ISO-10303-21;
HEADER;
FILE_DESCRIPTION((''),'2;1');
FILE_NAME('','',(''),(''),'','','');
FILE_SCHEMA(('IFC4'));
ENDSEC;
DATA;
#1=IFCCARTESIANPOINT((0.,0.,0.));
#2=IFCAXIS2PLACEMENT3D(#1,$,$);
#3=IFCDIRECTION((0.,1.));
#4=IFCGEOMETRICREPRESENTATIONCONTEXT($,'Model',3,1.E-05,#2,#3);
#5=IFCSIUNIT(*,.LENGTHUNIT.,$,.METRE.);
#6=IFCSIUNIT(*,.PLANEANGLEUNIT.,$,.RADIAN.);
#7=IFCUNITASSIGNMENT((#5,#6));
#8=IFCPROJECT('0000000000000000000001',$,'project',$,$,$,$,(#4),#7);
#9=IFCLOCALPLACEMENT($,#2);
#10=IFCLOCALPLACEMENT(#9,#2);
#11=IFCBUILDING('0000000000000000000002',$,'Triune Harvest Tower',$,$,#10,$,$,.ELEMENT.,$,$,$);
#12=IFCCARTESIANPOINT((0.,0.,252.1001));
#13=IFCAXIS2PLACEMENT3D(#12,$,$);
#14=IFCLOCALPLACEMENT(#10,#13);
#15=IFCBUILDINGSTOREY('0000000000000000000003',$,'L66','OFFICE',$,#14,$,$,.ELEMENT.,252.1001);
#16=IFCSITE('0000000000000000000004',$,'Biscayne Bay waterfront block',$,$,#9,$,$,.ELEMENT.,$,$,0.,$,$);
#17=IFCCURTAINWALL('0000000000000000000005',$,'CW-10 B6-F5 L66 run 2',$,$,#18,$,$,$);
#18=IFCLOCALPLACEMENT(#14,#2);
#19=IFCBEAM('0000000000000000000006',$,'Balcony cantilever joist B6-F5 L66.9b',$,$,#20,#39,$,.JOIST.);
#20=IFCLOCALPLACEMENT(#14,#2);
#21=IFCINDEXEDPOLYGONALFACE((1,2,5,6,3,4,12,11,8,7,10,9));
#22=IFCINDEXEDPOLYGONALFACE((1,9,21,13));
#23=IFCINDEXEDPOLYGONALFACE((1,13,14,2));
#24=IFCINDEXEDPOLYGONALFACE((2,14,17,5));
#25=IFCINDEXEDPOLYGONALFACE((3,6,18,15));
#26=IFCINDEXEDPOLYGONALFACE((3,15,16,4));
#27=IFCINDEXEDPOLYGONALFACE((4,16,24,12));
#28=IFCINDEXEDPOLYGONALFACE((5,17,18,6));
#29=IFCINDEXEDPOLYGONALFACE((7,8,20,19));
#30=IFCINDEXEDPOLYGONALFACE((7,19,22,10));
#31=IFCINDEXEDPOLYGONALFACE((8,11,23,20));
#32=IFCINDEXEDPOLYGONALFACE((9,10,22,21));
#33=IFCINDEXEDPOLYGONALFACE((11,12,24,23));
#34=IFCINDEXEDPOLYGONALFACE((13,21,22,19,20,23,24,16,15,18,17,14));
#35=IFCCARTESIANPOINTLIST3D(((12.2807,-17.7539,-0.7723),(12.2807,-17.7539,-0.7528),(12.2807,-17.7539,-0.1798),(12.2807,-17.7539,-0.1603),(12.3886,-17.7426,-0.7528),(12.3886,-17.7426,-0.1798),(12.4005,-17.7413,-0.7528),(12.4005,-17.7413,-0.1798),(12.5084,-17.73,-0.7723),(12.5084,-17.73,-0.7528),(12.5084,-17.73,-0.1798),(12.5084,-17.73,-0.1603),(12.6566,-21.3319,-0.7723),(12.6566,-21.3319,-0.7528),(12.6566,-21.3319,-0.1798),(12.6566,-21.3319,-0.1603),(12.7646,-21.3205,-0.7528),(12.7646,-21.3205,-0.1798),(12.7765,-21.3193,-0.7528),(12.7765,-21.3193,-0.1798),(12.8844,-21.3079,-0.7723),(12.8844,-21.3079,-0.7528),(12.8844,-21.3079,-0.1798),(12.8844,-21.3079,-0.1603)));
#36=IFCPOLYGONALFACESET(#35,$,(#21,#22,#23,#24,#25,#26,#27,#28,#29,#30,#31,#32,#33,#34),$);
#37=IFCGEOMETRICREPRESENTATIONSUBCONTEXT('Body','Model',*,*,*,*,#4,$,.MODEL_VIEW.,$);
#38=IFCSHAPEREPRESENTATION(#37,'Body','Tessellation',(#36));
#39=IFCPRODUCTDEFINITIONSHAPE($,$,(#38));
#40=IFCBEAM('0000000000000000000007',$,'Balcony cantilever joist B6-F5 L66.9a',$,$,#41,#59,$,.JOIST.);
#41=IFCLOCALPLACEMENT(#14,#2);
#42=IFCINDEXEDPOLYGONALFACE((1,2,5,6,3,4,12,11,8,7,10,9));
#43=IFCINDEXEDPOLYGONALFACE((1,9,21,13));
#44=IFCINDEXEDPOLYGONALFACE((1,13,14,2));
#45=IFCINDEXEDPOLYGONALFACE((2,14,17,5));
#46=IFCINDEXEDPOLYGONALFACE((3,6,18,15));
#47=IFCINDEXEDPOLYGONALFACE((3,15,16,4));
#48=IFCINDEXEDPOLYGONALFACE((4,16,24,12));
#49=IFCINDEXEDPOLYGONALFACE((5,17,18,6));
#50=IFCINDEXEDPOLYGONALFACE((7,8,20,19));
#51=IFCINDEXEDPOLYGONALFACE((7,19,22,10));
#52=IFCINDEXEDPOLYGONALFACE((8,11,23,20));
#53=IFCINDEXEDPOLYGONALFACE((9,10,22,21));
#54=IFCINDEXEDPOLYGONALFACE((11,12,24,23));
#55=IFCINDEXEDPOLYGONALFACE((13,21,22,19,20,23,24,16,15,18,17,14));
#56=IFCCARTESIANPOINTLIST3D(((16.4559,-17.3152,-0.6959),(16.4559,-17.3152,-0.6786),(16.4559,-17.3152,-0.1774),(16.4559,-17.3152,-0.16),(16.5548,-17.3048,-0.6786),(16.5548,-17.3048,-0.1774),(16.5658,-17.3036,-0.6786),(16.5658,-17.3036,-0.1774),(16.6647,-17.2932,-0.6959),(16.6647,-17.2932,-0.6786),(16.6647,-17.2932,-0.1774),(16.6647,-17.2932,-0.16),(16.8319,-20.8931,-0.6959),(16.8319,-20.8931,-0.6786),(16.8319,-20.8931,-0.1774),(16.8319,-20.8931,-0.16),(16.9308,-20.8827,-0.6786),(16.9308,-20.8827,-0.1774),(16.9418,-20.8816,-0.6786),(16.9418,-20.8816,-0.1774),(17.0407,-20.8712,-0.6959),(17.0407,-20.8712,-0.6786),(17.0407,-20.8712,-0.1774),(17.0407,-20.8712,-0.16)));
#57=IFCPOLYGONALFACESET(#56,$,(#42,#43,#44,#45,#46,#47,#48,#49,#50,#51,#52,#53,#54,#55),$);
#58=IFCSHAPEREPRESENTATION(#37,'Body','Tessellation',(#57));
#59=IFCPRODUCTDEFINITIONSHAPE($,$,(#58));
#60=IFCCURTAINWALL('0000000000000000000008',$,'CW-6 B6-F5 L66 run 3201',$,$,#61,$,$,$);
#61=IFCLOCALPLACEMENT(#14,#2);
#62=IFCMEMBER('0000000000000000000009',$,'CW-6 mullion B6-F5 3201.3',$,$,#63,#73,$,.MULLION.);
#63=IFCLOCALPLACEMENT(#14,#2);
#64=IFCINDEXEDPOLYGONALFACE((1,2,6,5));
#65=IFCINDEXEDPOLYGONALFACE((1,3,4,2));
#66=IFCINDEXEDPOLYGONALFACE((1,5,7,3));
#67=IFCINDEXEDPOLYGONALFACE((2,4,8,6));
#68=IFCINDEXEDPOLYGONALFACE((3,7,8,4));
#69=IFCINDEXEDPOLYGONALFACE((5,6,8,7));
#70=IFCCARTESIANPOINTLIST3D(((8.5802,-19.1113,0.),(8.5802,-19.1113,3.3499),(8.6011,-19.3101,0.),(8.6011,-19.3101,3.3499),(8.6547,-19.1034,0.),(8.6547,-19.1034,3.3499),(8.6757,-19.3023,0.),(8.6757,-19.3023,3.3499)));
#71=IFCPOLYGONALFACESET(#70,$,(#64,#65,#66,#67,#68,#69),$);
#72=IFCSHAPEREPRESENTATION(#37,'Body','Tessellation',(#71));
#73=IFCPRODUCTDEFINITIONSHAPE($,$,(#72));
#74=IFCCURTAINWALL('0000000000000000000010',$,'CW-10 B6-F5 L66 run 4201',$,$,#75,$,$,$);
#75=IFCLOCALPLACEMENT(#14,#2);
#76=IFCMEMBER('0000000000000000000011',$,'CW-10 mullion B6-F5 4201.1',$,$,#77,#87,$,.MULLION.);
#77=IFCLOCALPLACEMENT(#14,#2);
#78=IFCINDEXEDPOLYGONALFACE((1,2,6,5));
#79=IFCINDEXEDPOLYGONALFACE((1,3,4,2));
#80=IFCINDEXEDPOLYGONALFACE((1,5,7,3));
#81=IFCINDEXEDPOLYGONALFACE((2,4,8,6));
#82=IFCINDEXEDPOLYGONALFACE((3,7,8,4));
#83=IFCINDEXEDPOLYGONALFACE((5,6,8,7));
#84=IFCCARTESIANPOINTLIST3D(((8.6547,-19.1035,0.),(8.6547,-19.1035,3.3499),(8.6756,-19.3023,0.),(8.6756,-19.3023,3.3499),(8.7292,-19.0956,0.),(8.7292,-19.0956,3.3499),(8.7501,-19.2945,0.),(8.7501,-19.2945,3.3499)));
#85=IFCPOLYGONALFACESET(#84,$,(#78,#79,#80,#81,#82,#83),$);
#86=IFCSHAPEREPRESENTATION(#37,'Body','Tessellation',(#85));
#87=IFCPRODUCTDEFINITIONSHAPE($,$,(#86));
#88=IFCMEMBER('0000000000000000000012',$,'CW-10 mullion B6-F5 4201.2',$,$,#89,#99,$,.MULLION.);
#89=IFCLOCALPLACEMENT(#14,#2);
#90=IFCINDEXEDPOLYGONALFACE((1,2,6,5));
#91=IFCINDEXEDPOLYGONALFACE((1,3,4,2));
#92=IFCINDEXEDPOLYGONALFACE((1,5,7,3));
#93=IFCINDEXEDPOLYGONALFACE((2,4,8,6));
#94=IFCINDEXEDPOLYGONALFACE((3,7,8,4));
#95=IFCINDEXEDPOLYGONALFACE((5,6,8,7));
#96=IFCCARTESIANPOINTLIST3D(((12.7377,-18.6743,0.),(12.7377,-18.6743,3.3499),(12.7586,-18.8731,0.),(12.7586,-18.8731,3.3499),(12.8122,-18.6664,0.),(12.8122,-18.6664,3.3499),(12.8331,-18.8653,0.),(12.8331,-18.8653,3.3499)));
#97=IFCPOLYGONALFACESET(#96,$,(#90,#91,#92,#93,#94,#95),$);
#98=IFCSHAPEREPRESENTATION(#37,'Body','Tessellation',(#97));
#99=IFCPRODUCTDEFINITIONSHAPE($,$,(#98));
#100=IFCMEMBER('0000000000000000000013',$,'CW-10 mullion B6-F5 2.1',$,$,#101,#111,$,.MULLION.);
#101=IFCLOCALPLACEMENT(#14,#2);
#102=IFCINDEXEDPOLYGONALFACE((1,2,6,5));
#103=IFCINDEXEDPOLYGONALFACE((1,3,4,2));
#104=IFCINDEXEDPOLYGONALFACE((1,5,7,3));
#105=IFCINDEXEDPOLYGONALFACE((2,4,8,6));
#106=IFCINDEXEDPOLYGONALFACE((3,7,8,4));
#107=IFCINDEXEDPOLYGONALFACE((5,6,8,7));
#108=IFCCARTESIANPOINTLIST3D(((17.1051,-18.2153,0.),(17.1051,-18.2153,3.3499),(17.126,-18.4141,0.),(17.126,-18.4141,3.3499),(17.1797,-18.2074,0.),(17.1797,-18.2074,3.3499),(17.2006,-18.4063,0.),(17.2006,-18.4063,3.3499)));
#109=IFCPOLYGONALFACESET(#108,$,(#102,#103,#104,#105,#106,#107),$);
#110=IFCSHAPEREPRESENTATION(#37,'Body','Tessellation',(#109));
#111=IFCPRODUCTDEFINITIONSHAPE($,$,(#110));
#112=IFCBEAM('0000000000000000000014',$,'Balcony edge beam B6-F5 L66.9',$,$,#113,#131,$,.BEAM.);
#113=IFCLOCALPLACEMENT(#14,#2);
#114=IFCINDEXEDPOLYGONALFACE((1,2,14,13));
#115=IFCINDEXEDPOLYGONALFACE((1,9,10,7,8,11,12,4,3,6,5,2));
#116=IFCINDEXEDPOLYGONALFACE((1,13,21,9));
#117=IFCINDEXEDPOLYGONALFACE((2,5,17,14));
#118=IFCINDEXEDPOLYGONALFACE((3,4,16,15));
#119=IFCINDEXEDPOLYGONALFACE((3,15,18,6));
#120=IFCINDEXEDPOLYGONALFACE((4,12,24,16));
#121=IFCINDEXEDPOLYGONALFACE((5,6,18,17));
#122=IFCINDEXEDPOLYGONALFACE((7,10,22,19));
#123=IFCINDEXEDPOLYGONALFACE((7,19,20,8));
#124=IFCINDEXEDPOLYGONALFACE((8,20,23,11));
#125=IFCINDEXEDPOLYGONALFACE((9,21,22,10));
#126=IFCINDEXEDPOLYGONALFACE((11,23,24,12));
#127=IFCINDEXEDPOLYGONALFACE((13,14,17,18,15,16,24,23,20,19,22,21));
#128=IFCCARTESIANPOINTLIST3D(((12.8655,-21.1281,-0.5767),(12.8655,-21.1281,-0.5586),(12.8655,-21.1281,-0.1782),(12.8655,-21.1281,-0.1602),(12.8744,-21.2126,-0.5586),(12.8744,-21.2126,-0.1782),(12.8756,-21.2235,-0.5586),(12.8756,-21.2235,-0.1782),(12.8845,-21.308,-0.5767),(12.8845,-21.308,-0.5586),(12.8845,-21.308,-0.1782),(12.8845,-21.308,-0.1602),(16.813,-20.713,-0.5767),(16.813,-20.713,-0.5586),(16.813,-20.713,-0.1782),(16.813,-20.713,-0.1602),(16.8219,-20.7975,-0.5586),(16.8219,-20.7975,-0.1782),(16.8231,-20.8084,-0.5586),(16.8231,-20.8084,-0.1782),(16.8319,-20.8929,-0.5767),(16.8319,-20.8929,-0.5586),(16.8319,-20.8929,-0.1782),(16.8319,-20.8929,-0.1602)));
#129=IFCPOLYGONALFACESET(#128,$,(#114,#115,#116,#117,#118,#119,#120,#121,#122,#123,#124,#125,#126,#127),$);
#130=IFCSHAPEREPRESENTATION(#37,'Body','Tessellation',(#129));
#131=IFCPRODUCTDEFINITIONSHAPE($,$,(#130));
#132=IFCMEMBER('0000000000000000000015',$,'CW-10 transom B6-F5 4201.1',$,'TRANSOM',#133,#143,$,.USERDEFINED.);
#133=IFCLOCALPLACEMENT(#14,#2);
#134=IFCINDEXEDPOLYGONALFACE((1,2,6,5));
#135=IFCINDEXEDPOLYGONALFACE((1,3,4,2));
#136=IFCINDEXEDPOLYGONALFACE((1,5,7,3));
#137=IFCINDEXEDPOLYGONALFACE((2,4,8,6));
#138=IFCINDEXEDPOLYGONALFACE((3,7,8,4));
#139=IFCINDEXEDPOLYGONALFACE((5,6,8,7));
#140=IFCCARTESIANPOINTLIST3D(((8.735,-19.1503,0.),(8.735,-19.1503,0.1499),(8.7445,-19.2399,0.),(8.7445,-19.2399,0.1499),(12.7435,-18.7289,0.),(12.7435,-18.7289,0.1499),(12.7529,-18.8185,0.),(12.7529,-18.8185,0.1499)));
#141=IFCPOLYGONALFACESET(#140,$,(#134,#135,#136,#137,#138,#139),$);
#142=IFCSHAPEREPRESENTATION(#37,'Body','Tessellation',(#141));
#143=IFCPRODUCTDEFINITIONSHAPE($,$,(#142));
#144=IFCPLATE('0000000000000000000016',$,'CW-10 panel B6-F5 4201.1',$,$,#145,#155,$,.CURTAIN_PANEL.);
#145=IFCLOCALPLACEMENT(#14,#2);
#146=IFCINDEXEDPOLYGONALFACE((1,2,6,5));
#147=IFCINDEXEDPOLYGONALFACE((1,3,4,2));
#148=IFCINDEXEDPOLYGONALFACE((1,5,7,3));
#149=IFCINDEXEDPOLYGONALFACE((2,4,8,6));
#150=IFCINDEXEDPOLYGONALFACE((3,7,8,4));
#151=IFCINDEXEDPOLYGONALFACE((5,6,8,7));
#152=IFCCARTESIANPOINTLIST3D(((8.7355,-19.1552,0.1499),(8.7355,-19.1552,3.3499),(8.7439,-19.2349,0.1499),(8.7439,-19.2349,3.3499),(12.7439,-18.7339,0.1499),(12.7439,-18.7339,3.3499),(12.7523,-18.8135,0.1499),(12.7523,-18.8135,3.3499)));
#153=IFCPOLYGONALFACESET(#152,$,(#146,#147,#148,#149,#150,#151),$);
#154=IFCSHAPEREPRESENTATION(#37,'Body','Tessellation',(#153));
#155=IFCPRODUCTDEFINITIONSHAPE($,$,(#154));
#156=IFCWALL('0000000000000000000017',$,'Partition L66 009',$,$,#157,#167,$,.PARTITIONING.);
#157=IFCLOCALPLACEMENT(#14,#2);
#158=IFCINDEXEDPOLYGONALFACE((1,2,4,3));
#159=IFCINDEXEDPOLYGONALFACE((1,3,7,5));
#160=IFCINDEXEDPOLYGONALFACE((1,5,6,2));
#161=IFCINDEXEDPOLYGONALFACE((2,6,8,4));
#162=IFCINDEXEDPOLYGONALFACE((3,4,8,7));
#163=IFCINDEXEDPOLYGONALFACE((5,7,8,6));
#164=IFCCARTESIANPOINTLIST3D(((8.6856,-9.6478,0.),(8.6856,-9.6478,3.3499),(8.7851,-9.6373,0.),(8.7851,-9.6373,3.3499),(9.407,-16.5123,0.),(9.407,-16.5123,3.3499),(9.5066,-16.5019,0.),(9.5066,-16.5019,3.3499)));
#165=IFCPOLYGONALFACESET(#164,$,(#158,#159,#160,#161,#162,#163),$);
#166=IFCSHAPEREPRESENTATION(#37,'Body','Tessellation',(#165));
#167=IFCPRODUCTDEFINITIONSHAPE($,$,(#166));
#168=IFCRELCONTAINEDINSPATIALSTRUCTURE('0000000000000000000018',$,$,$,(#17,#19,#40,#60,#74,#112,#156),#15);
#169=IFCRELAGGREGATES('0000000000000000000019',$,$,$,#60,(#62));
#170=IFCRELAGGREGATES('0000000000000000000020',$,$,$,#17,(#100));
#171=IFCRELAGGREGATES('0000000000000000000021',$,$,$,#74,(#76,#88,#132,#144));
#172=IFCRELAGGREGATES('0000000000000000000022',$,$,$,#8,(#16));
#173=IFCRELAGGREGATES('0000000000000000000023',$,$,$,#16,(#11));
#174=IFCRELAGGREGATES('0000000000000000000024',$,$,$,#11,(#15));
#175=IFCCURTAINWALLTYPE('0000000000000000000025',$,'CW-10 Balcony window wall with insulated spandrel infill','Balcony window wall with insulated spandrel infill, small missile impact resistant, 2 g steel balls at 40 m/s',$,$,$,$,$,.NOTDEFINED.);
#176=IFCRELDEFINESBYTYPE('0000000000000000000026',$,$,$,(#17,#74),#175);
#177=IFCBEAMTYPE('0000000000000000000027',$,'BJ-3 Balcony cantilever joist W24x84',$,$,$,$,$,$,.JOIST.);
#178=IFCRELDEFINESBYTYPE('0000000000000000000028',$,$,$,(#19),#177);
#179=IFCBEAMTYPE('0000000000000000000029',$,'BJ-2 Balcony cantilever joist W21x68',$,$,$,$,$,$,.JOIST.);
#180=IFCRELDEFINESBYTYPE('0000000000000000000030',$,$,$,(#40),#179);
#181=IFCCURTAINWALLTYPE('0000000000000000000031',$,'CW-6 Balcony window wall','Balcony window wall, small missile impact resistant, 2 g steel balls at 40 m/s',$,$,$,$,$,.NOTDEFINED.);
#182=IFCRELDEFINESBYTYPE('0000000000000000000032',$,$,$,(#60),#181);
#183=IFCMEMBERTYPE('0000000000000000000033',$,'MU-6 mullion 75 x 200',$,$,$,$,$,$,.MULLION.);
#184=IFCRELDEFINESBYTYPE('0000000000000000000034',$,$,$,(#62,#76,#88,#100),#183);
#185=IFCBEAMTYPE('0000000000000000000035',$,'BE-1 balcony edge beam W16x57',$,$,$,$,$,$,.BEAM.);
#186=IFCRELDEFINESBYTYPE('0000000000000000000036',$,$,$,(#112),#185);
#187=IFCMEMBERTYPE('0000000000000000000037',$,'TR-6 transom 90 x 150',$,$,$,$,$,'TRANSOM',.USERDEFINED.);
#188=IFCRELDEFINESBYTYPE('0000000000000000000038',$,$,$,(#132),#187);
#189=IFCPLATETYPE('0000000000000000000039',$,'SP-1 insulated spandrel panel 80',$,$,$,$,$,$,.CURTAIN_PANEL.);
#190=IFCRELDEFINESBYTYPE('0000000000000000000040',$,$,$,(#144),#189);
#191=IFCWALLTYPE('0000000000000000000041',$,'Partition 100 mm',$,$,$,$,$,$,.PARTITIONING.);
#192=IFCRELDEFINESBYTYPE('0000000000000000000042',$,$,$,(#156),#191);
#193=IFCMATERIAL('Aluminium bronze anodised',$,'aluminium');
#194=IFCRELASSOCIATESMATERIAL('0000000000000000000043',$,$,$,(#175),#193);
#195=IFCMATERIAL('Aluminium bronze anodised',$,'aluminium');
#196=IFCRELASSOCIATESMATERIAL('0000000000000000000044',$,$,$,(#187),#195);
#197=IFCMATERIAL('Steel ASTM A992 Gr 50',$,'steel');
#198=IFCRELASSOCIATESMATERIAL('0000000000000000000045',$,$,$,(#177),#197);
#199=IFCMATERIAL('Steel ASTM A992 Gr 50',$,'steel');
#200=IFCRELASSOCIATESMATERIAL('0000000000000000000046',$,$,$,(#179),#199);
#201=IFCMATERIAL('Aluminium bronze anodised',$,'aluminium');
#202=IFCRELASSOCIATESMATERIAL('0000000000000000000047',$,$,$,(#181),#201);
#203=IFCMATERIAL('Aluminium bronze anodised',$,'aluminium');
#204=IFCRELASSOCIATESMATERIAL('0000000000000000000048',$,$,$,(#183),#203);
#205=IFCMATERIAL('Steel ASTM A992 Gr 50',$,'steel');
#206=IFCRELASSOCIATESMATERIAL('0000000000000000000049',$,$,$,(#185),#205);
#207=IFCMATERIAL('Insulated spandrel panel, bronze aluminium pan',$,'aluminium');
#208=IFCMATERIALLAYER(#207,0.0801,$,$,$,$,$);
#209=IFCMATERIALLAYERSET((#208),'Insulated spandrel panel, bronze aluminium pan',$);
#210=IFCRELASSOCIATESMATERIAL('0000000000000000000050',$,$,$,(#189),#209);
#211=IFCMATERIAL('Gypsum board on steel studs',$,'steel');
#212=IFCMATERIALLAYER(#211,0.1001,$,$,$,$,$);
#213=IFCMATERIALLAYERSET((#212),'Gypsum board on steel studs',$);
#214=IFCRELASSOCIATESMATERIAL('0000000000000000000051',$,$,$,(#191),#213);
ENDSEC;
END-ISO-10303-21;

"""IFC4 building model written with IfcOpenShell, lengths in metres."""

from ifc_helpers import new_model, si_unit, direction, frame, frame_2d, origin, origin_2d, place, context, subcontext, project, spatial, rectangle, i_section, extrude, source, transform, mapped, material, layer, layer_set, material_profile, profile_set, type_object, element, aggregate, save


model = new_model("IFC4")

# Units and contexts
model_context = context("Model", 3, precision=1e-05, world=origin(), true_north=direction((0.0, 1.0)))
body_context = subcontext(model_context, "Body", "Model", "MODEL_VIEW")
ifc_project = project(units=[si_unit("LENGTHUNIT", "METRE"), si_unit("PLANEANGLEUNIT", "RADIAN")], contexts=[model_context])

# Site, building, storey
site_placement = place(None, origin())
site = spatial("IfcSite", under=ifc_project, at=site_placement, Name="Biscayne Bay waterfront block", CompositionType="ELEMENT", RefElevation=0.0)
building_placement = place(site_placement, origin())
building = spatial("IfcBuilding", under=site, at=building_placement, Name="Triune Harvest Tower", CompositionType="ELEMENT")
storey_placement = place(building_placement, frame((0.0, 0.0, 252.1001)))
storey = spatial("IfcBuildingStorey", under=building, at=storey_placement, Name="L66", Description="OFFICE", CompositionType="ELEMENT", Elevation=252.1001)

# Curtain wall
ifc_material_1 = material(Name="Aluminium bronze anodised", Category="aluminium")
curtain_wall_type_1 = type_object("IfcCurtainWallType", Name="CW-10 Balcony window wall with insulated spandrel infill", Description="Balcony window wall with insulated spandrel infill, small missile impact resistant, 2 g steel balls at 40 m/s", PredefinedType="NOTDEFINED", material=ifc_material_1)
curtain_wall_1_placement = place(storey_placement, origin())
curtain_wall_1 = element("IfcCurtainWall", 1, at=curtain_wall_1_placement, inside=storey, type_object=curtain_wall_type_1, Name="CW-10 B6-F5 L66 run 2")
ifc_material_2 = material(Name="Aluminium bronze anodised", Category="aluminium")
ifc_material_profile_1 = material_profile(ifc_material_2, rectangle(XDim=0.0901, YDim=0.1499, at=origin_2d()), Name="TR-6 transom 90 x 150")
ifc_profile_set_1 = profile_set([ifc_material_profile_1], Name="Aluminium bronze anodised")
member_type_1 = type_object("IfcMemberType", Name="TR-6 transom 90 x 150", ElementType="TRANSOM", PredefinedType="USERDEFINED", material=ifc_profile_set_1)

# Beams
ifc_material_3 = material(Name="Steel ASTM A992 Gr 50", Category="steel")
ifc_material_profile_2 = material_profile(ifc_material_3, i_section(OverallWidth=0.229, OverallDepth=0.6121, WebThickness=0.012, FlangeThickness=0.0195, at=origin_2d()), Name="W24x84")
ifc_profile_set_2 = profile_set([ifc_material_profile_2], Name="Steel ASTM A992 Gr 50")
beam_type_1 = type_object("IfcBeamType", Name="BJ-3 Balcony cantilever joist W24x84", PredefinedType="JOIST", material=ifc_profile_set_2)
shared_shape_1 = source(origin(), body_context, "Body", "SweptSolid", [
    extrude(i_section(OverallWidth=0.229, OverallDepth=0.6121, WebThickness=0.012, FlangeThickness=0.0195, at=origin_2d()), origin(), (0.0, 0.0, 1.0), 3.5977),
])
beam_1_placement = place(storey_placement, frame((12.3945, -17.7419, -0.4663), z_axis=(0.104508, -0.994524, 0.0), x_axis=(0.994524, 0.104508, 0.0)))
element("IfcBeam", 2, at=beam_1_placement, inside=storey, type_object=beam_type_1, Name="Balcony cantilever joist B6-F5 L66.9b", PredefinedType="JOIST", context=body_context, shape_type="MappedRepresentation", body=[
    mapped(shared_shape_1, transform((0.0, 0.0, 0.0), scale=1.0)),
])
ifc_material_4 = material(Name="Steel ASTM A992 Gr 50", Category="steel")
ifc_material_profile_3 = material_profile(ifc_material_4, i_section(OverallWidth=0.21, OverallDepth=0.5359, WebThickness=0.011, FlangeThickness=0.0173, at=origin_2d()), Name="W21x68")
ifc_profile_set_3 = profile_set([ifc_material_profile_3], Name="Steel ASTM A992 Gr 50")
beam_type_2 = type_object("IfcBeamType", Name="BJ-2 Balcony cantilever joist W21x68", PredefinedType="JOIST", material=ifc_profile_set_3)
shared_shape_2 = source(origin(), body_context, "Body", "SweptSolid", [
    extrude(i_section(OverallWidth=0.21, OverallDepth=0.5359, WebThickness=0.011, FlangeThickness=0.0173, at=origin_2d()), origin(), (0.0, 0.0, 1.0), 3.5977),
])
beam_2_placement = place(storey_placement, frame((16.5603, -17.3042, -0.428), z_axis=(0.104508, -0.994524, 0.0), x_axis=(0.994524, 0.104508, 0.0)))
element("IfcBeam", 3, at=beam_2_placement, inside=storey, type_object=beam_type_2, Name="Balcony cantilever joist B6-F5 L66.9a", PredefinedType="JOIST", context=body_context, shape_type="MappedRepresentation", body=[
    mapped(shared_shape_2, transform((0.0, 0.0, 0.0), scale=1.0)),
])

# Curtain wall, member
ifc_material_5 = material(Name="Aluminium bronze anodised", Category="aluminium")
curtain_wall_type_2 = type_object("IfcCurtainWallType", Name="CW-6 Balcony window wall", Description="Balcony window wall, small missile impact resistant, 2 g steel balls at 40 m/s", PredefinedType="NOTDEFINED", material=ifc_material_5)
curtain_wall_2_placement = place(storey_placement, origin())
curtain_wall_2 = element("IfcCurtainWall", 4, at=curtain_wall_2_placement, inside=storey, type_object=curtain_wall_type_2, Name="CW-6 B6-F5 L66 run 3201")
ifc_material_6 = material(Name="Aluminium bronze anodised", Category="aluminium")
ifc_material_profile_4 = material_profile(ifc_material_6, rectangle(XDim=0.2, YDim=0.075, at=origin_2d()), Name="MU-6 mullion 75 x 200")
ifc_profile_set_4 = profile_set([ifc_material_profile_4], Name="Aluminium bronze anodised")
member_type_2 = type_object("IfcMemberType", Name="MU-6 mullion 75 x 200", PredefinedType="MULLION", material=ifc_profile_set_4)
shared_shape_3 = source(origin(), body_context, "Body", "SweptSolid", [
    extrude(rectangle(XDim=0.2, YDim=0.075, at=origin_2d()), origin(), (0.0, 0.0, 1.0), 3.3499),
])
member_1_placement = place(storey_placement, frame((8.6279, -19.2068, 0.0), z_axis=(0.0, 0.0, 1.0), x_axis=(-0.104532, 0.994522, 0.0)))
member_1 = element("IfcMember", 5, at=member_1_placement, type_object=member_type_2, Name="CW-6 mullion B6-F5 3201.3", PredefinedType="MULLION", context=body_context, shape_type="MappedRepresentation", body=[
    mapped(shared_shape_3, transform((0.0, 0.0, 0.0), scale=1.0)),
])
aggregate(curtain_wall_2, [member_1])

# Curtain wall, members
curtain_wall_3_placement = place(storey_placement, origin())
curtain_wall_3 = element("IfcCurtainWall", 6, at=curtain_wall_3_placement, inside=storey, type_object=curtain_wall_type_1, Name="CW-10 B6-F5 L66 run 4201")
member_2_placement = place(storey_placement, frame((8.7024, -19.199, 0.0), z_axis=(0.0, 0.0, 1.0), x_axis=(-0.104533, 0.994521, 0.0)))
member_2 = element("IfcMember", 7, at=member_2_placement, type_object=member_type_2, Name="CW-10 mullion B6-F5 4201.1", PredefinedType="MULLION", context=body_context, shape_type="MappedRepresentation", body=[
    mapped(shared_shape_3, transform((0.0, 0.0, 0.0), scale=1.0)),
])
member_3_placement = place(storey_placement, frame((12.7854, -18.7698, 0.0), z_axis=(0.0, 0.0, 1.0), x_axis=(-0.104533, 0.994521, 0.0)))
member_3 = element("IfcMember", 8, at=member_3_placement, type_object=member_type_2, Name="CW-10 mullion B6-F5 4201.2", PredefinedType="MULLION", context=body_context, shape_type="MappedRepresentation", body=[
    mapped(shared_shape_3, transform((0.0, 0.0, 0.0), scale=1.0)),
])

# Member
member_4_placement = place(storey_placement, frame((17.1528, -18.3108, 0.0), z_axis=(0.0, 0.0, 1.0), x_axis=(-0.104533, 0.994521, 0.0)))
member_4 = element("IfcMember", 9, at=member_4_placement, type_object=member_type_2, Name="CW-10 mullion B6-F5 2.1", PredefinedType="MULLION", context=body_context, shape_type="MappedRepresentation", body=[
    mapped(shared_shape_3, transform((0.0, 0.0, 0.0), scale=1.0)),
])
aggregate(curtain_wall_1, [member_4])

# Beam
ifc_material_7 = material(Name="Steel ASTM A992 Gr 50", Category="steel")
ifc_material_profile_5 = material_profile(ifc_material_7, i_section(OverallWidth=0.1809, OverallDepth=0.4165, WebThickness=0.011, FlangeThickness=0.0181, at=origin_2d()), Name="W16x57")
ifc_profile_set_5 = profile_set([ifc_material_profile_5], Name="Steel ASTM A992 Gr 50")
beam_type_3 = type_object("IfcBeamType", Name="BE-1 balcony edge beam W16x57", PredefinedType="BEAM", material=ifc_profile_set_5)
shared_shape_4 = source(origin(), body_context, "Body", "SweptSolid", [
    extrude(i_section(OverallWidth=0.1809, OverallDepth=0.4165, WebThickness=0.011, FlangeThickness=0.0181, at=origin_2d()), origin(), (0.0, 0.0, 1.0), 3.9692),
])
beam_3_placement = place(storey_placement, frame((12.875, -21.218, -0.3684), z_axis=(0.994518, 0.104563, 0.0), x_axis=(-0.104563, 0.994518, 0.0)))
element("IfcBeam", 10, at=beam_3_placement, inside=storey, type_object=beam_type_3, Name="Balcony edge beam B6-F5 L66.9", PredefinedType="BEAM", context=body_context, shape_type="MappedRepresentation", body=[
    mapped(shared_shape_4, transform((0.0, 0.0, 0.0), scale=1.0)),
])

# Member
shared_shape_5 = source(origin(), body_context, "Body", "SweptSolid", [
    extrude(rectangle(XDim=0.0901, YDim=0.1499, at=origin_2d()), origin(), (0.0, 0.0, 1.0), 4.0305),
])
member_5_placement = place(storey_placement, frame((8.7397, -19.1951, 0.075), z_axis=(0.99452, 0.104546, 0.0), x_axis=(-0.104546, 0.99452, 0.0)))
member_5 = element("IfcMember", 11, at=member_5_placement, type_object=member_type_1, Name="CW-10 transom B6-F5 4201.1", ObjectType="TRANSOM", PredefinedType="USERDEFINED", context=body_context, shape_type="MappedRepresentation", body=[
    mapped(shared_shape_5, transform((0.0, 0.0, 0.0), scale=1.0)),
])

# Plate
ifc_material_8 = material(Name="Insulated spandrel panel, bronze aluminium pan", Category="aluminium")
ifc_layer_1 = layer(ifc_material_8, 0.0801)
ifc_layer_set_1 = layer_set([ifc_layer_1], Name="Insulated spandrel panel, bronze aluminium pan")
plate_type = type_object("IfcPlateType", Name="SP-1 insulated spandrel panel 80", PredefinedType="CURTAIN_PANEL", material=ifc_layer_set_1)
shared_shape_6 = source(origin(), body_context, "Body", "SweptSolid", [
    extrude(rectangle(XDim=4.0305, YDim=0.0801, at=origin_2d()), origin(), (0.0, 0.0, 1.0), 3.2),
])
plate_placement = place(storey_placement, frame((10.7439, -18.9844, 0.1499), z_axis=(0.0, 0.0, 1.0), x_axis=(0.994521, 0.104533, 0.0)))
plate = element("IfcPlate", 12, at=plate_placement, type_object=plate_type, Name="CW-10 panel B6-F5 4201.1", PredefinedType="CURTAIN_PANEL", context=body_context, shape_type="MappedRepresentation", body=[
    mapped(shared_shape_6, transform((0.0, 0.0, 0.0), scale=1.0)),
])
aggregate(curtain_wall_3, [member_2, member_3, member_5, plate])

# Wall
ifc_material_9 = material(Name="Gypsum board on steel studs", Category="steel")
ifc_layer_2 = layer(ifc_material_9, 0.1001)
ifc_layer_set_2 = layer_set([ifc_layer_2], Name="Gypsum board on steel studs")
wall_type_1 = type_object("IfcWallType", Name="Partition 100 mm", PredefinedType="PARTITIONING", material=ifc_layer_set_2)
wall_1_placement = place(storey_placement, frame((8.7354, -9.6426, 0.0), z_axis=(0.0, 0.0, 1.0), x_axis=(0.104521, -0.994523, 0.0)))
element("IfcWall", 13, at=wall_1_placement, inside=storey, type_object=wall_type_1, Name="Partition L66 009", PredefinedType="PARTITIONING", context=body_context, shape_type="SweptSolid", body=[
    extrude(rectangle(XDim=6.9023, YDim=0.1001, at=frame_2d((3.4512, 0.0))), origin(), (0.0, 0.0, 1.0), 3.3499),
])

save(model, "model.ifc")
